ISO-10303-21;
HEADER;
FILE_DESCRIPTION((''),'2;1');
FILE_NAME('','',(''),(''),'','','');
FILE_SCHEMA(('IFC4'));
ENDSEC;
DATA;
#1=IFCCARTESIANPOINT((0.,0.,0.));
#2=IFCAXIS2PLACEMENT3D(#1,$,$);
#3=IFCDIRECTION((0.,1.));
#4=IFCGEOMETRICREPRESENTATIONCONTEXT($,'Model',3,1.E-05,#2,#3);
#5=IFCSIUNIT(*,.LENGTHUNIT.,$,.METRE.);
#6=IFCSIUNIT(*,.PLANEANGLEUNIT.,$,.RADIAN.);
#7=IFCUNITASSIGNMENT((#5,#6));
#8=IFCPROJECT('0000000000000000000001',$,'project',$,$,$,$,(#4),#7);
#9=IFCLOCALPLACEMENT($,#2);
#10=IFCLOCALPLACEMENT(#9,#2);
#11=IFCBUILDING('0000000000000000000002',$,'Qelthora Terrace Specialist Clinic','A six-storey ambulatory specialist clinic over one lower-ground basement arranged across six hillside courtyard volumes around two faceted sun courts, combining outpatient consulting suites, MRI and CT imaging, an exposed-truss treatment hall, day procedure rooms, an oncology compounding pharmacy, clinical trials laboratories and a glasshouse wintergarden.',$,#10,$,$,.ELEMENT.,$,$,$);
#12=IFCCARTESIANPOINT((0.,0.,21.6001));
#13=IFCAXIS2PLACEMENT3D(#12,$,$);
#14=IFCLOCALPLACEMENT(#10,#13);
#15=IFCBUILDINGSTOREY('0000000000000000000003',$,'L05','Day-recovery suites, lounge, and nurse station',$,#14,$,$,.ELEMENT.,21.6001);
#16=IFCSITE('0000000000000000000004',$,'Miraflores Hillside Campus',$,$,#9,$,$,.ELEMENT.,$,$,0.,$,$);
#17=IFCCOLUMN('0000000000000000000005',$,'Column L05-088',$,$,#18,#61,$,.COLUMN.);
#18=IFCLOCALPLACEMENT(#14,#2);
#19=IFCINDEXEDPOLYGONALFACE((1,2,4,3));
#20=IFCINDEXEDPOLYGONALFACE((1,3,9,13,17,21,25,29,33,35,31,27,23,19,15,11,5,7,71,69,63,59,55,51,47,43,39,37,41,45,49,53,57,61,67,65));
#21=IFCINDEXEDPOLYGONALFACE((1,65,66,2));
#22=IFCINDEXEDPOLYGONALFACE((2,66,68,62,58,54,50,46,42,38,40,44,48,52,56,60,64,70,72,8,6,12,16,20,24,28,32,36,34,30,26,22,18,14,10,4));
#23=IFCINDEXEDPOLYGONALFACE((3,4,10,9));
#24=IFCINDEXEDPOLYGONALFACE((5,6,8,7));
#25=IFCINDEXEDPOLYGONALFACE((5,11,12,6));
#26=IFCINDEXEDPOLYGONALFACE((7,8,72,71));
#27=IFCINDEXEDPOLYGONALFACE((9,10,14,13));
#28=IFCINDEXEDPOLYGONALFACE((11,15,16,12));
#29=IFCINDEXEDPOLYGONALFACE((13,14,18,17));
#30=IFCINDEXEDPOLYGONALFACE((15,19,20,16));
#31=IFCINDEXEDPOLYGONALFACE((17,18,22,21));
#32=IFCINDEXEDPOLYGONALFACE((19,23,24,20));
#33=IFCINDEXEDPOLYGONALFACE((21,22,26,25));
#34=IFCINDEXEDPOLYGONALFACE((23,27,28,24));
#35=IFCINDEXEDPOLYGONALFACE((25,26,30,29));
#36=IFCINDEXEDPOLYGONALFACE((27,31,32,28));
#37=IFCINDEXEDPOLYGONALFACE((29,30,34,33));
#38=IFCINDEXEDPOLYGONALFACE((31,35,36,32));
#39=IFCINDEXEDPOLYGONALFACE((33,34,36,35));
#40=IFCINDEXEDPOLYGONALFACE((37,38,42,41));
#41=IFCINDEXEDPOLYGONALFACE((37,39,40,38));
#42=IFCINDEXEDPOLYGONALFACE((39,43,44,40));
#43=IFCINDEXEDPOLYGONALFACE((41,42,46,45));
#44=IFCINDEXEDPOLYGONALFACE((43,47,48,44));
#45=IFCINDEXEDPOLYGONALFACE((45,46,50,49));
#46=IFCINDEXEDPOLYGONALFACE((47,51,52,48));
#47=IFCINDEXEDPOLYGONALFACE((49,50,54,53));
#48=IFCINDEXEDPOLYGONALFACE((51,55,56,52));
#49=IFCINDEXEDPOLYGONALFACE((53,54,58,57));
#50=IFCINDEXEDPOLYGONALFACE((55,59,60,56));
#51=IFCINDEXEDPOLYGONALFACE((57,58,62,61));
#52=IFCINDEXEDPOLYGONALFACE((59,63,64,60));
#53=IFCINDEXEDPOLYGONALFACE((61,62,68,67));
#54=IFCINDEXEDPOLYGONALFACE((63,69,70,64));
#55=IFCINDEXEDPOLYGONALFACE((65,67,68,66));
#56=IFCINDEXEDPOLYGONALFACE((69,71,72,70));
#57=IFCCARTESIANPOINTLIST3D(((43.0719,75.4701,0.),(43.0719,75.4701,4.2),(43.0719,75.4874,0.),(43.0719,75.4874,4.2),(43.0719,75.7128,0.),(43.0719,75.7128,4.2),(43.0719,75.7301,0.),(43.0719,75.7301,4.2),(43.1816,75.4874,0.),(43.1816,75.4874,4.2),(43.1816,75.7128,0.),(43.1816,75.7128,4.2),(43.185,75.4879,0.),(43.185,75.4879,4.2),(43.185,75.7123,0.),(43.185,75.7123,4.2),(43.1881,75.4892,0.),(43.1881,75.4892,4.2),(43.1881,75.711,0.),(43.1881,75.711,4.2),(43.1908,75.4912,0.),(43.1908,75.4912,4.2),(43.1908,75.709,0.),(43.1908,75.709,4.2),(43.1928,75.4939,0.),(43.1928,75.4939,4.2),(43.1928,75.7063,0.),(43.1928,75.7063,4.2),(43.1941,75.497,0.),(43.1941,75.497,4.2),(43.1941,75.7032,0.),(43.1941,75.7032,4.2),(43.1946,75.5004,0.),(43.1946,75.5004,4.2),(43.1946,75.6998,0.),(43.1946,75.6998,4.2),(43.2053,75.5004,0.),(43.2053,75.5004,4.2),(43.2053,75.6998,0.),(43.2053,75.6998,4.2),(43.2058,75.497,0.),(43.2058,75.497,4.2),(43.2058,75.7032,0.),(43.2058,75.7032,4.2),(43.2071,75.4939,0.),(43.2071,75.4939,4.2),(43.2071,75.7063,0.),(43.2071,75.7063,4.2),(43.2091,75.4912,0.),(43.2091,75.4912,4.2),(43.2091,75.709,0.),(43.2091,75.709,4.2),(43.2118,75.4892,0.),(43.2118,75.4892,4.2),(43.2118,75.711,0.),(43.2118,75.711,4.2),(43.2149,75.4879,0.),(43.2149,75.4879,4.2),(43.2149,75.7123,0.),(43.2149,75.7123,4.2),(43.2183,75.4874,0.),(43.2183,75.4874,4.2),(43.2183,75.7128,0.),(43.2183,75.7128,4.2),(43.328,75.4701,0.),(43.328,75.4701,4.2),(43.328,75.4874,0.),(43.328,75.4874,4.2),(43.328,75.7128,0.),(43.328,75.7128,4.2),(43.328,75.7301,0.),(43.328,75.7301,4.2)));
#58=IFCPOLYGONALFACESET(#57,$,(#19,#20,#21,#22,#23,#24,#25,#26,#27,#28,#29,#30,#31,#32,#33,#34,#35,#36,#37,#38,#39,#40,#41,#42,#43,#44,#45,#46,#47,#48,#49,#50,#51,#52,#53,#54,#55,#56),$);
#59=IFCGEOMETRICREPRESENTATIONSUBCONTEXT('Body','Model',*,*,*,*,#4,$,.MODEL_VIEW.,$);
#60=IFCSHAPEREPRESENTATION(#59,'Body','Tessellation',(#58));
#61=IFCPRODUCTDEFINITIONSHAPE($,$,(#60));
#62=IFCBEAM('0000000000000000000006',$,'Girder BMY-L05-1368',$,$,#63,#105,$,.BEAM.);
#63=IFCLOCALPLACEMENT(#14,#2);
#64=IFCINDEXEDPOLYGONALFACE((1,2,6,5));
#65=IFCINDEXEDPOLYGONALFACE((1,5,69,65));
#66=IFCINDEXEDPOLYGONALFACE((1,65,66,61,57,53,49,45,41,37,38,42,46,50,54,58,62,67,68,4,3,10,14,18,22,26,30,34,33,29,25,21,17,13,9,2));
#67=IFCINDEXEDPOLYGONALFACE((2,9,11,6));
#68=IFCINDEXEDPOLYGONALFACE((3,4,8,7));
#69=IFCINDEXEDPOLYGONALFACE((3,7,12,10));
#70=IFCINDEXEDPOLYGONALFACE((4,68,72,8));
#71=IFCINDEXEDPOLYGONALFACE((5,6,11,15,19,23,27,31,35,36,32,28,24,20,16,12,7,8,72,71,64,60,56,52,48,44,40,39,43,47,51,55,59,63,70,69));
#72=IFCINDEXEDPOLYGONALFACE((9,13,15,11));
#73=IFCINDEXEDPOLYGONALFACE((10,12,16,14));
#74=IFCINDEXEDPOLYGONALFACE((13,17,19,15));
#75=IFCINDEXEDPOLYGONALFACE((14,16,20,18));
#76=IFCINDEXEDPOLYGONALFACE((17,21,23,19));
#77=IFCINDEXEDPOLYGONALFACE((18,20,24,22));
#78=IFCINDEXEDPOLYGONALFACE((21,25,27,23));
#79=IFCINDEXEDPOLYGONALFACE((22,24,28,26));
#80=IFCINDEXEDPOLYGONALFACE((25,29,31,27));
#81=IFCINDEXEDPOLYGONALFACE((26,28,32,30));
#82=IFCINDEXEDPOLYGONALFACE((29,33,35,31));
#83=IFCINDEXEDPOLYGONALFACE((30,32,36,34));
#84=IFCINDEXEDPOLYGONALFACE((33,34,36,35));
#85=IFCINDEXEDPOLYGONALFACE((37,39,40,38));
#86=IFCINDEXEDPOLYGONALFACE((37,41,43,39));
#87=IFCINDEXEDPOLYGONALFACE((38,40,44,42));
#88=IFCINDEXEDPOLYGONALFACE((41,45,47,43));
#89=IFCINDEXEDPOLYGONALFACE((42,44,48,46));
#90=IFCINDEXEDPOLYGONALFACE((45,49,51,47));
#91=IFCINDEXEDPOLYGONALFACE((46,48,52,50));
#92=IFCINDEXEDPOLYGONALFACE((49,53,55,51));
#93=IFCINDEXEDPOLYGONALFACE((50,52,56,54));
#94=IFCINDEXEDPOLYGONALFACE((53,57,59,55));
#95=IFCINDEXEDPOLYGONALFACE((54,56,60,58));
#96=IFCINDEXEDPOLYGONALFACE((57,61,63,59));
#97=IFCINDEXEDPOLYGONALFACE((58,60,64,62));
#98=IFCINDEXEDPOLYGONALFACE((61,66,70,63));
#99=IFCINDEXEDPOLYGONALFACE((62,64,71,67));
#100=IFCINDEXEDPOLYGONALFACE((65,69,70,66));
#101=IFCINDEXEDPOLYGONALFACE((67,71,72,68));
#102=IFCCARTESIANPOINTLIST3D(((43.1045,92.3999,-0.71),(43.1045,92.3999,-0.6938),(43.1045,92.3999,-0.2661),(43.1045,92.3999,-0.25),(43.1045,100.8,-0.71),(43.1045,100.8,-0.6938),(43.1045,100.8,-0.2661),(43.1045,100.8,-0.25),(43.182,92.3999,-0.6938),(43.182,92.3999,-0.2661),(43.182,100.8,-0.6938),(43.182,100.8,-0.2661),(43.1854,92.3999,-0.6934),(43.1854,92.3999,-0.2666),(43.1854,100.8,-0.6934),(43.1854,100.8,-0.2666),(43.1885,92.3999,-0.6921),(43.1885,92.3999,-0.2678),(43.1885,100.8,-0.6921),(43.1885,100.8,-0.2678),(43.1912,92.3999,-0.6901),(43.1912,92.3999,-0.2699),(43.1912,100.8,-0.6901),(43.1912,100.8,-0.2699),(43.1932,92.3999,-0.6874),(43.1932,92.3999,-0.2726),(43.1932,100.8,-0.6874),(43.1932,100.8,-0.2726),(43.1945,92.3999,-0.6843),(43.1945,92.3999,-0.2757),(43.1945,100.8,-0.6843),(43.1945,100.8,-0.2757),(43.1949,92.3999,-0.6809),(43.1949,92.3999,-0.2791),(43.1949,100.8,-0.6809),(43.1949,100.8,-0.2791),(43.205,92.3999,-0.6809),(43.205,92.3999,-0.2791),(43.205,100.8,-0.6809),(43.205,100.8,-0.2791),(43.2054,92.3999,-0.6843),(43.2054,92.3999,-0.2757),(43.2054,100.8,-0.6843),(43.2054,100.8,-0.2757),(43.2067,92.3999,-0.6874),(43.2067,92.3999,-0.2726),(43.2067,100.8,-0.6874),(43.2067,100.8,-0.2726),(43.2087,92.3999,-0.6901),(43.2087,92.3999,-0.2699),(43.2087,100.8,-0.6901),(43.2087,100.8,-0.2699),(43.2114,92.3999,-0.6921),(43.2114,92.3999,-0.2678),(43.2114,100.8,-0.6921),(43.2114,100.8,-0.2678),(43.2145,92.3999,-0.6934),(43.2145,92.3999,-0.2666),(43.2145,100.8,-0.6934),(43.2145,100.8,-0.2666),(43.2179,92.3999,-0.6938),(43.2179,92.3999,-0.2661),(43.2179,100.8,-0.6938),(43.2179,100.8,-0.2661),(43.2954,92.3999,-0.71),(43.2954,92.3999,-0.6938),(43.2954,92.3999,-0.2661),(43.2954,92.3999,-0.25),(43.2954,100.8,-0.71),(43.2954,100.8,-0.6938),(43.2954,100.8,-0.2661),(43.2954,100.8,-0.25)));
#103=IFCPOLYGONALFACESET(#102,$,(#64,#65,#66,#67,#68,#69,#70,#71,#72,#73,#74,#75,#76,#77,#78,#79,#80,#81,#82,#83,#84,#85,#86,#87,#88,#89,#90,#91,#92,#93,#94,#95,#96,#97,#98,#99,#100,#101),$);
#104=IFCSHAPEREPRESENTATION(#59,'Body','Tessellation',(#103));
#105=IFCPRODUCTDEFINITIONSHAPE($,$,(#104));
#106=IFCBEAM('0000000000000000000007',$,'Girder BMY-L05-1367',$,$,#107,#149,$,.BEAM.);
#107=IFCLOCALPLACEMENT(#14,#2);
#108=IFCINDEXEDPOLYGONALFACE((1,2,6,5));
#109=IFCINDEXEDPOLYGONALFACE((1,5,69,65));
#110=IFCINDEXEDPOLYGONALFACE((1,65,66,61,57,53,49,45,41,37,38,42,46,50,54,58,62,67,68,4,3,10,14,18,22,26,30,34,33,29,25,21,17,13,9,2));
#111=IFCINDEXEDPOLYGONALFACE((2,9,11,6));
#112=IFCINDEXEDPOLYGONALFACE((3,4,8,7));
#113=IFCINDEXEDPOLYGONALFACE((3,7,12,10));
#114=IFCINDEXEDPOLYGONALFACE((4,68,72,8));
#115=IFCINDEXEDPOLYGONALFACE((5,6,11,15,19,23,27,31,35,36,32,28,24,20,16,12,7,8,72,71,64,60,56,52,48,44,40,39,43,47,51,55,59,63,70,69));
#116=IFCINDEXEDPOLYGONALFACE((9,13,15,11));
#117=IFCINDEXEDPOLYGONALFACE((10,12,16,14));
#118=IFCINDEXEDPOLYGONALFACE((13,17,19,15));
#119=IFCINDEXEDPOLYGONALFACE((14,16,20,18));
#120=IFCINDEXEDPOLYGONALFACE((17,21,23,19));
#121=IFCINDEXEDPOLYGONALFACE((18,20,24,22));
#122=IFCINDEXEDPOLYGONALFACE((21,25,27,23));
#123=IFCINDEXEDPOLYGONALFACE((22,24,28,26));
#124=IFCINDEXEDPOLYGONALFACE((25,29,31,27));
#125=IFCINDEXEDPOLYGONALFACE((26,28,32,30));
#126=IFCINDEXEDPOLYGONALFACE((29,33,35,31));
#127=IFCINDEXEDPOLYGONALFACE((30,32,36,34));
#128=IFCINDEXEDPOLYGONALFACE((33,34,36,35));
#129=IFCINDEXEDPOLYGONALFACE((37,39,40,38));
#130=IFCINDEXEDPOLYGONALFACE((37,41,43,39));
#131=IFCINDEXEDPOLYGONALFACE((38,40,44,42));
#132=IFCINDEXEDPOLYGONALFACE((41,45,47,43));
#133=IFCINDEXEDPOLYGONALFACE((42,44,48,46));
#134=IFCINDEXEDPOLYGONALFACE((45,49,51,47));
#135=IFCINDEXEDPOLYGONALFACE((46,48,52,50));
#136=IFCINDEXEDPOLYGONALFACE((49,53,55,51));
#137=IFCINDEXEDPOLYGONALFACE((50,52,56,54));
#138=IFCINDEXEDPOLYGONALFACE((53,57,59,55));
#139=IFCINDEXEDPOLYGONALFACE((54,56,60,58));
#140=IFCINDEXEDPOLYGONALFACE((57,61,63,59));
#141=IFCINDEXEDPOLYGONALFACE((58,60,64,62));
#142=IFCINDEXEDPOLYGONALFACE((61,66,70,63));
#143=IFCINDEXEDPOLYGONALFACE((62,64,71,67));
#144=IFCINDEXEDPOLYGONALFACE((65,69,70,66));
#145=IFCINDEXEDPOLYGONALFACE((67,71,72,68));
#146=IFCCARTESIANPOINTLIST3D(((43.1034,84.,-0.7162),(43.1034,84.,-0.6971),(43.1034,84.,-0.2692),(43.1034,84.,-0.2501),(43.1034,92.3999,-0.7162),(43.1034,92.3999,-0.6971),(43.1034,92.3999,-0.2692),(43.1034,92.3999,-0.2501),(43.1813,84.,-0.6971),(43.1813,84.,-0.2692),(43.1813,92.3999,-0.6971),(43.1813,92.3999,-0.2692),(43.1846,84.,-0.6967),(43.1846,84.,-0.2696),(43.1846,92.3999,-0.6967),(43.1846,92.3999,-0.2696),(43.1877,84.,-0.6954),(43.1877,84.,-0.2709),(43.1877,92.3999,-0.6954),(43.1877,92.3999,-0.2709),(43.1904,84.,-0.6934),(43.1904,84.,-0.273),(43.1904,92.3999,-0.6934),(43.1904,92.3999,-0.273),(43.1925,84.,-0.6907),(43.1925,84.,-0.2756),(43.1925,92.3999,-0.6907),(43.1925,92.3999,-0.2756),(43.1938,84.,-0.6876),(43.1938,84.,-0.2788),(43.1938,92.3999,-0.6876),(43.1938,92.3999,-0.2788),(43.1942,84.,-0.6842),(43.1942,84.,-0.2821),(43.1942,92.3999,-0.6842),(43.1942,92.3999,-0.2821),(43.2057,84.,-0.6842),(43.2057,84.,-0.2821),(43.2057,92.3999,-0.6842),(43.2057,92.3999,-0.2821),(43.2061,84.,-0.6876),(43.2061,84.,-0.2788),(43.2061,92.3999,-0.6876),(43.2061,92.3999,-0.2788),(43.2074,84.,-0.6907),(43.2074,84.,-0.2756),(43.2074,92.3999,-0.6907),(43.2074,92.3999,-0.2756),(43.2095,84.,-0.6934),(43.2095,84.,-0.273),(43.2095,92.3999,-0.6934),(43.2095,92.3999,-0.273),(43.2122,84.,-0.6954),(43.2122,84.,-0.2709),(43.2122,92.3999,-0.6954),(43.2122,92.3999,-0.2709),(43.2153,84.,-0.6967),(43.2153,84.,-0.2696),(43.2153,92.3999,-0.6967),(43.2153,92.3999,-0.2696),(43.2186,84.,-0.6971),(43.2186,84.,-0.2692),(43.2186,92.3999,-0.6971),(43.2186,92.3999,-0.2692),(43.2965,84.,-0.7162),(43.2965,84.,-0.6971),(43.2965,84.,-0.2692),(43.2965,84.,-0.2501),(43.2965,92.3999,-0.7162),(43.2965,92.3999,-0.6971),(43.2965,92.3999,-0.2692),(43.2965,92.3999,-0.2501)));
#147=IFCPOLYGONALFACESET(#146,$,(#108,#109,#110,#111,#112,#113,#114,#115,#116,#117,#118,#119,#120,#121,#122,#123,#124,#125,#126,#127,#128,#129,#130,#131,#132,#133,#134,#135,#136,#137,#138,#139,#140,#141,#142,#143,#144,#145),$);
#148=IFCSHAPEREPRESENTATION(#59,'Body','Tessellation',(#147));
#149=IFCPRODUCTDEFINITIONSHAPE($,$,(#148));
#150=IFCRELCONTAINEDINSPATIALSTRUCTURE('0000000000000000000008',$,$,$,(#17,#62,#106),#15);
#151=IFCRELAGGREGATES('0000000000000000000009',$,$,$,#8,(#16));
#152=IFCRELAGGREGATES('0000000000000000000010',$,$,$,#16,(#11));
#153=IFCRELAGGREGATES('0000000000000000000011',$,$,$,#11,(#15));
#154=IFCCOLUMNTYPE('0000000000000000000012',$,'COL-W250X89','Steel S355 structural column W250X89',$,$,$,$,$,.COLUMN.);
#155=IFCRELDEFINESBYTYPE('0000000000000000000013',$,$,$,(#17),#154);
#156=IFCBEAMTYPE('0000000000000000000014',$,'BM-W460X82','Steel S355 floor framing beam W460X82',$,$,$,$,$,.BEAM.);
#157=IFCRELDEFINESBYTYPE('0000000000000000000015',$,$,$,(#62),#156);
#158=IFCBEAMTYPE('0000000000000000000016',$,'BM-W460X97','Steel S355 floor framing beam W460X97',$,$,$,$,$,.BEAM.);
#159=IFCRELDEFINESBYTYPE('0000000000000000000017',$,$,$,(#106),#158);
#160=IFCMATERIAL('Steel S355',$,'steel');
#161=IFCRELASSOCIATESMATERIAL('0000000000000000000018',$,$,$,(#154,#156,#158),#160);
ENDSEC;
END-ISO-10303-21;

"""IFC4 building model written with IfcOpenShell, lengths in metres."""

from ifc_helpers import new_model, si_unit, direction, frame, origin, origin_2d, place, context, subcontext, project, spatial, i_section, extrude, material, material_profile, profile_set, type_object, element, save


model = new_model("IFC4")

# Units and contexts
model_context = context("Model", 3, precision=1e-05, world=origin(), true_north=direction((0.0, 1.0)))
body_context = subcontext(model_context, "Body", "Model", "MODEL_VIEW")
ifc_project = project(units=[si_unit("LENGTHUNIT", "METRE"), si_unit("PLANEANGLEUNIT", "RADIAN")], contexts=[model_context])

# Site, building, storey
site_placement = place(None, origin())
site = spatial("IfcSite", under=ifc_project, at=site_placement, Name="Miraflores Hillside Campus", CompositionType="ELEMENT", RefElevation=0.0)
building_placement = place(site_placement, origin())
building = spatial("IfcBuilding", under=site, at=building_placement, Name="Qelthora Terrace Specialist Clinic", Description="A six-storey ambulatory specialist clinic over one lower-ground basement arranged across six hillside courtyard volumes around two faceted sun courts, combining outpatient consulting suites, MRI and CT imaging, an exposed-truss treatment hall, day procedure rooms, an oncology compounding pharmacy, clinical trials laboratories and a glasshouse wintergarden.", CompositionType="ELEMENT")
storey_placement = place(building_placement, frame((0.0, 0.0, 21.6001)))
storey = spatial("IfcBuildingStorey", under=building, at=storey_placement, Name="L05", Description="Day-recovery suites, lounge, and nurse station", CompositionType="ELEMENT", Elevation=21.6001)

# Column
ifc_material_1 = material(Name="Steel S355", Category="steel")
ifc_material_profile_1 = material_profile(ifc_material_1, i_section(OverallWidth=0.2561, OverallDepth=0.26, WebThickness=0.0107, FlangeThickness=0.0173, FilletRadius=0.0129, at=origin_2d()), Name="W250X89")
ifc_profile_set_1 = profile_set([ifc_material_profile_1], Name="Steel S355")
column_type_1 = type_object("IfcColumnType", Name="COL-W250X89", Description="Steel S355 structural column W250X89", PredefinedType="COLUMN", material=ifc_profile_set_1)
column_1_placement = place(storey_placement, frame((43.2, 75.6001, 0.0), z_axis=(0.0, 0.0, 1.0), x_axis=(1.0, 0.0, 0.0)))
element("IfcColumn", 1, at=column_1_placement, inside=storey, type_object=column_type_1, Name="Column L05-088", PredefinedType="COLUMN", context=body_context, shape_type="SweptSolid", body=[
    extrude(i_section(OverallWidth=0.2561, OverallDepth=0.26, WebThickness=0.0107, FlangeThickness=0.0173, FilletRadius=0.0129, at=origin_2d()), origin(), (0.0, 0.0, 1.0), 4.2),
])

# Beams
ifc_material_profile_2 = material_profile(ifc_material_1, i_section(OverallWidth=0.1909, OverallDepth=0.46, WebThickness=0.01, FlangeThickness=0.0161, FilletRadius=0.0129, at=origin_2d()), Name="W460X82")
ifc_profile_set_2 = profile_set([ifc_material_profile_2], Name="Steel S355")
beam_type_1 = type_object("IfcBeamType", Name="BM-W460X82", Description="Steel S355 floor framing beam W460X82", PredefinedType="BEAM", material=ifc_profile_set_2)
beam_1_placement = place(storey_placement, frame((43.2, 92.3999, -0.48), z_axis=(0.0, 1.0, 0.0), x_axis=(-1.0, 0.0, 0.0)))
element("IfcBeam", 2, at=beam_1_placement, inside=storey, type_object=beam_type_1, Name="Girder BMY-L05-1368", PredefinedType="BEAM", context=body_context, shape_type="SweptSolid", body=[
    extrude(i_section(OverallWidth=0.1909, OverallDepth=0.46, WebThickness=0.01, FlangeThickness=0.0161, FilletRadius=0.0129, at=origin_2d()), origin(), (0.0, 0.0, 1.0), 8.4001),
])
ifc_material_profile_3 = material_profile(ifc_material_1, i_section(OverallWidth=0.1931, OverallDepth=0.4661, WebThickness=0.0115, FlangeThickness=0.019, FilletRadius=0.0129, at=origin_2d()), Name="W460X97")
ifc_profile_set_3 = profile_set([ifc_material_profile_3], Name="Steel S355")
beam_type_2 = type_object("IfcBeamType", Name="BM-W460X97", Description="Steel S355 floor framing beam W460X97", PredefinedType="BEAM", material=ifc_profile_set_3)
beam_2_placement = place(storey_placement, frame((43.2, 84.0, -0.4832), z_axis=(0.0, 1.0, 0.0), x_axis=(-1.0, 0.0, 0.0)))
element("IfcBeam", 3, at=beam_2_placement, inside=storey, type_object=beam_type_2, Name="Girder BMY-L05-1367", PredefinedType="BEAM", context=body_context, shape_type="SweptSolid", body=[
    extrude(i_section(OverallWidth=0.1931, OverallDepth=0.4661, WebThickness=0.0115, FlangeThickness=0.019, FilletRadius=0.0129, at=origin_2d()), origin(), (0.0, 0.0, 1.0), 8.3999),
])

save(model, "model.ifc")
